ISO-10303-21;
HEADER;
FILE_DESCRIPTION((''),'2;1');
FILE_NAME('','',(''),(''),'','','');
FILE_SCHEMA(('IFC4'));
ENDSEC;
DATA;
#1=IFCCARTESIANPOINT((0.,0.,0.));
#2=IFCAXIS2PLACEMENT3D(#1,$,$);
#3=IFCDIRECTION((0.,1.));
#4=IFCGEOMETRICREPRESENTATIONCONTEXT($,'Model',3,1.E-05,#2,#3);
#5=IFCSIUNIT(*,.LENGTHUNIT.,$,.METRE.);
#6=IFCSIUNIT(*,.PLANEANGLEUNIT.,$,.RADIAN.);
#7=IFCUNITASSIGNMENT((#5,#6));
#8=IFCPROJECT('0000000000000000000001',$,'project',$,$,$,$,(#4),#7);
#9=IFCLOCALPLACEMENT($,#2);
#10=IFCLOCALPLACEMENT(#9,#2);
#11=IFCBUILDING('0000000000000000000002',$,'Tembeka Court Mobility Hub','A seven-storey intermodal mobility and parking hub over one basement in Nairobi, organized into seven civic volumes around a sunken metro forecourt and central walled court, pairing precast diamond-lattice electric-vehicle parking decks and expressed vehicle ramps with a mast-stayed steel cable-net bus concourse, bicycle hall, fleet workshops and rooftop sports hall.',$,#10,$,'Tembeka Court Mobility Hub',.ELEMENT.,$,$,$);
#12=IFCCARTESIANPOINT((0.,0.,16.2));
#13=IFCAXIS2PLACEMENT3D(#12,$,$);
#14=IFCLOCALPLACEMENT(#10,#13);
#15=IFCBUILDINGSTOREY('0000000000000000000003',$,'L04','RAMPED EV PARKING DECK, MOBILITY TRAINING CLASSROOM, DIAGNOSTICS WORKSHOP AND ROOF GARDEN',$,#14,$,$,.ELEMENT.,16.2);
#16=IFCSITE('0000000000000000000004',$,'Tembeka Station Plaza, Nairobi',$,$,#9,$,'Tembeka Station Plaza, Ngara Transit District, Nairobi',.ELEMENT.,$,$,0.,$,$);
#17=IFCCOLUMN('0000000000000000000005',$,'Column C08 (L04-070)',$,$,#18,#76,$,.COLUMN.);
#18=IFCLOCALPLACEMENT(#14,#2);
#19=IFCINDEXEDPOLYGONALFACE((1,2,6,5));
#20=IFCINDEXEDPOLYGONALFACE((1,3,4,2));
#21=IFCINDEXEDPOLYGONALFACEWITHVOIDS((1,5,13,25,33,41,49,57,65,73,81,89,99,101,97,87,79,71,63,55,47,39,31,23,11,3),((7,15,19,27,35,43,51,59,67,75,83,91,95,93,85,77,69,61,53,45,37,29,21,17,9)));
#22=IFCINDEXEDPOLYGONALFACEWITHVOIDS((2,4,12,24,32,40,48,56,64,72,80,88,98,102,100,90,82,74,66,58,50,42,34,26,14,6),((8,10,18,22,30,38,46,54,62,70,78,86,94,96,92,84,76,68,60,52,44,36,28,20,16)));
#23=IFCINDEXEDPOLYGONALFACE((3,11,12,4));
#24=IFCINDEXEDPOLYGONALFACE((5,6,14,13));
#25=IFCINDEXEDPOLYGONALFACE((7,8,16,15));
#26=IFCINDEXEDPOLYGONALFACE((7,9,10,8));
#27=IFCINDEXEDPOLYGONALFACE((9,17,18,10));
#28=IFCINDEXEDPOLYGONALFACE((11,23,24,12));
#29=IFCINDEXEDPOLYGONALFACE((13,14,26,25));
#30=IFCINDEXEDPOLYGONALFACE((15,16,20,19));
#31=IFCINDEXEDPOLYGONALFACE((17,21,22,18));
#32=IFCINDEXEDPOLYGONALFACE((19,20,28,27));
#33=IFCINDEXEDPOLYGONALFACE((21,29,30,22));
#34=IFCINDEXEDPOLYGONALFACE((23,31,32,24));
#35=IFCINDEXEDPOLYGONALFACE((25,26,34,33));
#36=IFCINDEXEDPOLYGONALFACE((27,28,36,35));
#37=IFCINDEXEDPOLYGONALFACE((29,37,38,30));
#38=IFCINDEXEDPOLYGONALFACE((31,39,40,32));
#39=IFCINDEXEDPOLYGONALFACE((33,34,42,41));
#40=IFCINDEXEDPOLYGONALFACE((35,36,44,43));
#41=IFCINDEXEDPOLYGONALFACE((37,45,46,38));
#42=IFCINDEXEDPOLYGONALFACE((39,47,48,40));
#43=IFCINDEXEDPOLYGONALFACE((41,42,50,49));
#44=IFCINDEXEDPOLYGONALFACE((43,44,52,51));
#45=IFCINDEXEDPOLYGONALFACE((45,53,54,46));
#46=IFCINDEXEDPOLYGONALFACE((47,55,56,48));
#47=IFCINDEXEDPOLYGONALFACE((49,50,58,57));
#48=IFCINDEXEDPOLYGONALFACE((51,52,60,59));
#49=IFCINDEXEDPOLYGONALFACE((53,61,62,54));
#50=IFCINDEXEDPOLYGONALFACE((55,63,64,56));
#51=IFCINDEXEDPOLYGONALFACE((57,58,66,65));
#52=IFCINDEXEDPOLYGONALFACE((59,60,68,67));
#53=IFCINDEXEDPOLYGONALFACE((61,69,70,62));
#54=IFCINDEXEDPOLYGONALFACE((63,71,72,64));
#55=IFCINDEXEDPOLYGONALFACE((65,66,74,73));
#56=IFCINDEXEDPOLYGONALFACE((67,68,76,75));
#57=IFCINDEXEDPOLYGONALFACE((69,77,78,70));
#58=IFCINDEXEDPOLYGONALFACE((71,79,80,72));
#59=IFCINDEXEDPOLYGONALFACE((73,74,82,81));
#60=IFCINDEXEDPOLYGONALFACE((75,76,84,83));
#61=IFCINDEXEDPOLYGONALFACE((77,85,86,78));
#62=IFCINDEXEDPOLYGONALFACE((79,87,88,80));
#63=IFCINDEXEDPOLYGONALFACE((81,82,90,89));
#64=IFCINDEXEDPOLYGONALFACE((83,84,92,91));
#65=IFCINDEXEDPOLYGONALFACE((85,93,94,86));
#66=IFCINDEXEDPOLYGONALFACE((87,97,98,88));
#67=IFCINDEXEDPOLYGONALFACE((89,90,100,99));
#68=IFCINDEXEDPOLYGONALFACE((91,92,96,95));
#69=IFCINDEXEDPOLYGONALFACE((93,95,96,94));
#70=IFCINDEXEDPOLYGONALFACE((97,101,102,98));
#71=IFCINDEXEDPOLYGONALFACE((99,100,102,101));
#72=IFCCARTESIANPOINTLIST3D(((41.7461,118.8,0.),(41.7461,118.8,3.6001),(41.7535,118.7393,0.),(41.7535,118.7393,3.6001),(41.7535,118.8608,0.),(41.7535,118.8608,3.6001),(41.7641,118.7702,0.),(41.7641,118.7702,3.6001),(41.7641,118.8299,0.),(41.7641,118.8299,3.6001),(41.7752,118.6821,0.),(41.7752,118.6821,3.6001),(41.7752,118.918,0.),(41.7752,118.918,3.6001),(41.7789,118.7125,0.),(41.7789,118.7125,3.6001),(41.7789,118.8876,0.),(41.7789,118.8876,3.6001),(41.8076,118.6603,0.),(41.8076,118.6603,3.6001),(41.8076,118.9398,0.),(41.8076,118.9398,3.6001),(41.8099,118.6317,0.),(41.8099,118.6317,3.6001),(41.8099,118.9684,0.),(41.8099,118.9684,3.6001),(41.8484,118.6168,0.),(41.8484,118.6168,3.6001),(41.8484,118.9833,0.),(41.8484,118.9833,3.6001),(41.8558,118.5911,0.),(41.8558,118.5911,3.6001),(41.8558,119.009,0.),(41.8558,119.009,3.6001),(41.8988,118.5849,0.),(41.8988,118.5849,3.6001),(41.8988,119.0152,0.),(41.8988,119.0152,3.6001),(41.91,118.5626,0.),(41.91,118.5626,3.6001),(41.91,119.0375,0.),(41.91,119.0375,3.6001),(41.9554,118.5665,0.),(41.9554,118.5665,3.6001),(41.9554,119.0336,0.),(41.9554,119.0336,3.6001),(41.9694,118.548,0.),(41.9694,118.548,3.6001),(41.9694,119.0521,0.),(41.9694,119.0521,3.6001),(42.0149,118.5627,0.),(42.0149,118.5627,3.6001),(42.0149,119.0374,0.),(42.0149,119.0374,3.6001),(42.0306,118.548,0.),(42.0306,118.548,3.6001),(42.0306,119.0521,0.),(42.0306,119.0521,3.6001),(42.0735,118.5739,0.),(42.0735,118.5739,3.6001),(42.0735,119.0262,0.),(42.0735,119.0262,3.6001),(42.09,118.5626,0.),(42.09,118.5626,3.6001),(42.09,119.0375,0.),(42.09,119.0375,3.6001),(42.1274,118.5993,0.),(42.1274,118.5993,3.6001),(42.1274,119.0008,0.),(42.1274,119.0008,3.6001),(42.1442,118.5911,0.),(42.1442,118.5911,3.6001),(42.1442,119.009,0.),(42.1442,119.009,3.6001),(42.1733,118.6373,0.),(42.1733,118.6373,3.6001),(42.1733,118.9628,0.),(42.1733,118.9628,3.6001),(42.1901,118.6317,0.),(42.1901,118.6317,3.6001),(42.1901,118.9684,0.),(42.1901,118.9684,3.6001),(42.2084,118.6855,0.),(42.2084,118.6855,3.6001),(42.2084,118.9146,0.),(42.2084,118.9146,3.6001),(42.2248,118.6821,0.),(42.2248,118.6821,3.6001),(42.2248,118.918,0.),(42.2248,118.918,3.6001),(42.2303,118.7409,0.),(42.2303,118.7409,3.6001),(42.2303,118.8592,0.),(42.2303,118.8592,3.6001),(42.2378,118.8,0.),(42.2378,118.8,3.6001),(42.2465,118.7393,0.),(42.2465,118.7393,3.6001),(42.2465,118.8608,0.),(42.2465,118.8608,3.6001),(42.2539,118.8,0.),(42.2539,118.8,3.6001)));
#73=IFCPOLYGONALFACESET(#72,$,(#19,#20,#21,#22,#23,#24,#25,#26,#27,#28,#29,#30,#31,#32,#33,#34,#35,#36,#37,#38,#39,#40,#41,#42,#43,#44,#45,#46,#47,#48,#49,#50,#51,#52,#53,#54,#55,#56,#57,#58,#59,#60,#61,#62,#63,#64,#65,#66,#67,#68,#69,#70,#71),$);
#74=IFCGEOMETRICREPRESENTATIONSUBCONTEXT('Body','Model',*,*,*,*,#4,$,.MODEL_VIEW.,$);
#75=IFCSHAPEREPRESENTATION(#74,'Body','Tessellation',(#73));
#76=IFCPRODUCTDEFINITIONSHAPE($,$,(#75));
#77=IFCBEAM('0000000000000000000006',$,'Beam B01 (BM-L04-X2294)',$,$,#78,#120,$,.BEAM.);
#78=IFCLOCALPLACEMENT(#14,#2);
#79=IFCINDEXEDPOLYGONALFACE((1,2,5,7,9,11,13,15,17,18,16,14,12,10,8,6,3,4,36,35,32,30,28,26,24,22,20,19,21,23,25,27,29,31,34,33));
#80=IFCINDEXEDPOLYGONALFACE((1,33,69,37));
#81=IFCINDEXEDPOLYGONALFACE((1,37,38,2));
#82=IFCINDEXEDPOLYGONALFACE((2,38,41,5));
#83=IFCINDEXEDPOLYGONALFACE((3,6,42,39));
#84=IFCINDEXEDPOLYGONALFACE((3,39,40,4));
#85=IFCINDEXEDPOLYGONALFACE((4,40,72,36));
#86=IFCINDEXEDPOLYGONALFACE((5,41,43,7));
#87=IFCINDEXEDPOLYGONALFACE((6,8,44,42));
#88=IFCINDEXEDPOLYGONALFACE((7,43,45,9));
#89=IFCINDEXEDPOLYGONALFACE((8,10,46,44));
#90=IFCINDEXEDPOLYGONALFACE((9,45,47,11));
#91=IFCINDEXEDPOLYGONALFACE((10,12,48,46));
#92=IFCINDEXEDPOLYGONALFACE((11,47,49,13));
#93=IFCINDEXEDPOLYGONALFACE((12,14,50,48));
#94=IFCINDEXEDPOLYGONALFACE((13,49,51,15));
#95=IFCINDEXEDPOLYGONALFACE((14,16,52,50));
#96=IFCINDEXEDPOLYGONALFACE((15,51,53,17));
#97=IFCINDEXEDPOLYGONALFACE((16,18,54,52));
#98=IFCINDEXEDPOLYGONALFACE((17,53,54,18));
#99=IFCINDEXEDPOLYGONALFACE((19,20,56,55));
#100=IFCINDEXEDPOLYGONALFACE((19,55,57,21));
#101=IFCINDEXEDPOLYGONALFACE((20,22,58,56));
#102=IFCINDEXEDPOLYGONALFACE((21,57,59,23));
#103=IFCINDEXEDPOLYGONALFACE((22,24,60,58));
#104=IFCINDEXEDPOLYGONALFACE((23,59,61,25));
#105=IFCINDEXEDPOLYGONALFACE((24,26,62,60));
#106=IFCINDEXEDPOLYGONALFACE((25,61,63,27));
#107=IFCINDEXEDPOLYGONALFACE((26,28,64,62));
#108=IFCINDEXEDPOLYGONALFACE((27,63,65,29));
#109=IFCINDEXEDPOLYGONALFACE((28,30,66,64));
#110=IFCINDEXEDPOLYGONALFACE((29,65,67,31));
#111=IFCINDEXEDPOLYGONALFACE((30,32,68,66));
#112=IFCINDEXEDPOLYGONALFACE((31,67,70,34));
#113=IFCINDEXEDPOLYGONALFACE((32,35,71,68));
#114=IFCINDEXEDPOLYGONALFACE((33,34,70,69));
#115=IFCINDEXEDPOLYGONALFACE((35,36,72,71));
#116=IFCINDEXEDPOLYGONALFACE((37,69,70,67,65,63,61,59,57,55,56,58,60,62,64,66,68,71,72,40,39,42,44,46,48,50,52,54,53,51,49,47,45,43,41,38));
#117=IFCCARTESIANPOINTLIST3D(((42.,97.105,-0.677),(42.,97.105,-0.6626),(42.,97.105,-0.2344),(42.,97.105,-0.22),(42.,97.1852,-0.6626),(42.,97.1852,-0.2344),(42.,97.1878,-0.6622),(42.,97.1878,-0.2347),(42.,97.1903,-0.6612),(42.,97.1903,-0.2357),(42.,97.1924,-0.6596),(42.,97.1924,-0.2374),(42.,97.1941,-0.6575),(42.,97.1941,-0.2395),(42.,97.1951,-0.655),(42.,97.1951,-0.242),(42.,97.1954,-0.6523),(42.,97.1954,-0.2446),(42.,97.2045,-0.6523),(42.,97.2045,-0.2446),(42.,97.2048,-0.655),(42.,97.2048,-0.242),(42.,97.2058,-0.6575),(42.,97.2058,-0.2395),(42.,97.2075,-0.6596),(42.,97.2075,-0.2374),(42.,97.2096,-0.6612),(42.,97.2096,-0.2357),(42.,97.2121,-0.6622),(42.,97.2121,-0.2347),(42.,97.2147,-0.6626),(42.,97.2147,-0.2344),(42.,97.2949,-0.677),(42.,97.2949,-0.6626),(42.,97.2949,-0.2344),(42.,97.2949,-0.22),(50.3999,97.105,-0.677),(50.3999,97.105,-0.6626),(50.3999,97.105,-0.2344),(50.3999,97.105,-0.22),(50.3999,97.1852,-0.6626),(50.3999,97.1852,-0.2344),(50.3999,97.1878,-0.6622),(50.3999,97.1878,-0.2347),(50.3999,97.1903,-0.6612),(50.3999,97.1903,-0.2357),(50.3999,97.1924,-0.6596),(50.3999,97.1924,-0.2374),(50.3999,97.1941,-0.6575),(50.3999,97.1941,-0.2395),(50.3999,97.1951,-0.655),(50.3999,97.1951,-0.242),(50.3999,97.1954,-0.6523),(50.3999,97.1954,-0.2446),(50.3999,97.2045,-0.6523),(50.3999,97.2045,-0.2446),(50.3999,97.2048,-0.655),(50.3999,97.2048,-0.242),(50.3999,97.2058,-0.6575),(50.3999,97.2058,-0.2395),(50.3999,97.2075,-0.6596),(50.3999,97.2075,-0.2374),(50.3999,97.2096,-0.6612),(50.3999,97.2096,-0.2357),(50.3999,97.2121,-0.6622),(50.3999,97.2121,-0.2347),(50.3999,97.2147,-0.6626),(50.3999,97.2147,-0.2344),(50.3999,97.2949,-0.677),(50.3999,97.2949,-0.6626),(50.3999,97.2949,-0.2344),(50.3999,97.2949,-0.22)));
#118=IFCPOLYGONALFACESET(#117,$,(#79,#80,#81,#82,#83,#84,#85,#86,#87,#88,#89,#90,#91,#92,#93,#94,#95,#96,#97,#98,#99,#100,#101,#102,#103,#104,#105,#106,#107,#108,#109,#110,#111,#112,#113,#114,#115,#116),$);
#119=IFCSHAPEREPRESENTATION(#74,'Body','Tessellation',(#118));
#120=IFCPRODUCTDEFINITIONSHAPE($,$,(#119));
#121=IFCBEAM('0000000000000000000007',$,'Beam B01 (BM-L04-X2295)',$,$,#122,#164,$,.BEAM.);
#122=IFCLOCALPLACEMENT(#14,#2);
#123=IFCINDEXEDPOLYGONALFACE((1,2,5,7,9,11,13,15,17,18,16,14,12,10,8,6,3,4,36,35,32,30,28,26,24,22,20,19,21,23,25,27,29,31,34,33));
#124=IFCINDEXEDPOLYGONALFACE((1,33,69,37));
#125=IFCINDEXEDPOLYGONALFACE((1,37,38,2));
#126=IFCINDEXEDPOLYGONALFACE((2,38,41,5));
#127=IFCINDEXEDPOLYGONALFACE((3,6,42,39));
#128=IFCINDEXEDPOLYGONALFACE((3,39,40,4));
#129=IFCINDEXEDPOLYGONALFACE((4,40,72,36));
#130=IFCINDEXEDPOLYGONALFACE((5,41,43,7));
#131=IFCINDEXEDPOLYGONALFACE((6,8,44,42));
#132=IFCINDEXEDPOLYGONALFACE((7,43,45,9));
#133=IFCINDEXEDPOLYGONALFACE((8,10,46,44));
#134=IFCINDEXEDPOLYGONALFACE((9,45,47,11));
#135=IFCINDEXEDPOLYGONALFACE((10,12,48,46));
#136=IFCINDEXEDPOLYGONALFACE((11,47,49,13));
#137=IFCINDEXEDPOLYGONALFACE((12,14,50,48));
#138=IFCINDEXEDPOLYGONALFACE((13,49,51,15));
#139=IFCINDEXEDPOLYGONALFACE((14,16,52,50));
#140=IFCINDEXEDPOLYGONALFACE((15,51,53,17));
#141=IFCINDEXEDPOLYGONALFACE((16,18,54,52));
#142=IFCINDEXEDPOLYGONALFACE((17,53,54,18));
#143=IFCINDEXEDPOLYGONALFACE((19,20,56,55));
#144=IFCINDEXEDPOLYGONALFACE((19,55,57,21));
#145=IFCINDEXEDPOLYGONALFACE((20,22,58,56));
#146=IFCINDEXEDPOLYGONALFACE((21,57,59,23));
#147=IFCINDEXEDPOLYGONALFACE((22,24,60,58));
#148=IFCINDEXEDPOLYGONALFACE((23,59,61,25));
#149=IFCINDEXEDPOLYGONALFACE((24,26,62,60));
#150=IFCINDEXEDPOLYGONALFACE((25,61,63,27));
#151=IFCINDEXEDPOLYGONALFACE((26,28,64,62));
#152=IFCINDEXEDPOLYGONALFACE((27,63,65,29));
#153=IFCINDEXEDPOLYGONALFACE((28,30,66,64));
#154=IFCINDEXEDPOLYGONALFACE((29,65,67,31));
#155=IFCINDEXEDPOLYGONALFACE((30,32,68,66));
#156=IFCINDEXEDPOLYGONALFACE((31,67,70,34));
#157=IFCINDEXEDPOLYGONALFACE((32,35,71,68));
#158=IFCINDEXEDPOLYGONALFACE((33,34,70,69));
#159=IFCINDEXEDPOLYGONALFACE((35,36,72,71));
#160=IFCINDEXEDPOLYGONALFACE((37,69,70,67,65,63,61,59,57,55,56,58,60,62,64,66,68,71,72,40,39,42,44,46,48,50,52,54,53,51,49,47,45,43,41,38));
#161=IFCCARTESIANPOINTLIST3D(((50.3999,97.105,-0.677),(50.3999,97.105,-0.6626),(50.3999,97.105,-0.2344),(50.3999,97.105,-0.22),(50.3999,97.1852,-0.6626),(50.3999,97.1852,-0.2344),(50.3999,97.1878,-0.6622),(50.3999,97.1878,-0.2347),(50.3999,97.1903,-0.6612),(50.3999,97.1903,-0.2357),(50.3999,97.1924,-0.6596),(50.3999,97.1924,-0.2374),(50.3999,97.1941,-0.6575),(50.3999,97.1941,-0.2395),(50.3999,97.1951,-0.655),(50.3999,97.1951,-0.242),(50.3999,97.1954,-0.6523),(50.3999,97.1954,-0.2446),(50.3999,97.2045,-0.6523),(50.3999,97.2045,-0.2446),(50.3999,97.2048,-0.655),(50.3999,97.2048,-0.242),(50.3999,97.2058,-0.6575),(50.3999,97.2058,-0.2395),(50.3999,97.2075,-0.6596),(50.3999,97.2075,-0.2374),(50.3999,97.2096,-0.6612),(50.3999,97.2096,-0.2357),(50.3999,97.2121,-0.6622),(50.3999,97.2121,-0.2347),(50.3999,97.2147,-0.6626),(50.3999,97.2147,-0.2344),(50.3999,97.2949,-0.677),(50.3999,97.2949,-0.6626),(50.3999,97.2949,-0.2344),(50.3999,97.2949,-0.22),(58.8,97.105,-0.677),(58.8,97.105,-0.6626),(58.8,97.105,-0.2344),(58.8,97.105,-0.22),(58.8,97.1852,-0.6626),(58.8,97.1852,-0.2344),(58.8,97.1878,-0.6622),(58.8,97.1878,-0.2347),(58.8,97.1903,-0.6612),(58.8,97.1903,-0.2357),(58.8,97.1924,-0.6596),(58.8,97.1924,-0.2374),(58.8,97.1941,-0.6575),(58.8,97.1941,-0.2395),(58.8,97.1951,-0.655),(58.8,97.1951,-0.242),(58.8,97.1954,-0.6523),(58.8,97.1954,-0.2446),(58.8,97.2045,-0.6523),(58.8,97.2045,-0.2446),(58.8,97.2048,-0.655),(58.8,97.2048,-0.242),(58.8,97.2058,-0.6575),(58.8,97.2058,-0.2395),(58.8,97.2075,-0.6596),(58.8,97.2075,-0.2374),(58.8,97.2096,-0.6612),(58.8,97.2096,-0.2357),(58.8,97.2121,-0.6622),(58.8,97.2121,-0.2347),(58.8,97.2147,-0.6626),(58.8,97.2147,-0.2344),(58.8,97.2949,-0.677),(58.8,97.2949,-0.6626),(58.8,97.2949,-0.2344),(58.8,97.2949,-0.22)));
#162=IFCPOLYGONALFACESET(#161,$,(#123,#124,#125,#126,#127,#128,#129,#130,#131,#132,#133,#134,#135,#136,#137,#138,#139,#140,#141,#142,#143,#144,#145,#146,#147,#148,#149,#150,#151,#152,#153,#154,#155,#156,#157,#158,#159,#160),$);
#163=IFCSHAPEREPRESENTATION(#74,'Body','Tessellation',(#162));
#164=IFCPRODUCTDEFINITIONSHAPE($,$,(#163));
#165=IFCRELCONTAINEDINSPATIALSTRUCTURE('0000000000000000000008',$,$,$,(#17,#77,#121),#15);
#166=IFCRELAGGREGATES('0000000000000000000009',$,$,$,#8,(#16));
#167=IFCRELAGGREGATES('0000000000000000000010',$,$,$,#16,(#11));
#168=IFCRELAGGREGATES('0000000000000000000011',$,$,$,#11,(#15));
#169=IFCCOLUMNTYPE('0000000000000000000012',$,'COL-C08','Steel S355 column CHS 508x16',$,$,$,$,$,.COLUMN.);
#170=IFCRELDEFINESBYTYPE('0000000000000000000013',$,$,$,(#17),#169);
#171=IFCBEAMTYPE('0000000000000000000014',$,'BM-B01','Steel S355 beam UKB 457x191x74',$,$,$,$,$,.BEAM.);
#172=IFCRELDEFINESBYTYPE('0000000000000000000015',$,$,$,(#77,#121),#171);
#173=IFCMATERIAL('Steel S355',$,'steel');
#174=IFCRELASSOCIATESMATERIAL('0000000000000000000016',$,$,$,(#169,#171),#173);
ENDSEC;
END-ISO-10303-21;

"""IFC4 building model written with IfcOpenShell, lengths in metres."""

from ifc_helpers import new_model, si_unit, direction, frame, origin, origin_2d, place, context, subcontext, project, spatial, hollow_circle, i_section, extrude, material, material_profile, profile_set, type_object, element, save


model = new_model("IFC4")

# Units and contexts
model_context = context("Model", 3, precision=1e-05, world=origin(), true_north=direction((0.0, 1.0)))
body_context = subcontext(model_context, "Body", "Model", "MODEL_VIEW")
ifc_project = project(units=[si_unit("LENGTHUNIT", "METRE"), si_unit("PLANEANGLEUNIT", "RADIAN")], contexts=[model_context])

# Site, building, storey
site_placement = place(None, origin())
site = spatial("IfcSite", under=ifc_project, at=site_placement, Name="Tembeka Station Plaza, Nairobi", LongName="Tembeka Station Plaza, Ngara Transit District, Nairobi", CompositionType="ELEMENT", RefElevation=0.0)
building_placement = place(site_placement, origin())
building = spatial("IfcBuilding", under=site, at=building_placement, Name="Tembeka Court Mobility Hub", Description="A seven-storey intermodal mobility and parking hub over one basement in Nairobi, organized into seven civic volumes around a sunken metro forecourt and central walled court, pairing precast diamond-lattice electric-vehicle parking decks and expressed vehicle ramps with a mast-stayed steel cable-net bus concourse, bicycle hall, fleet workshops and rooftop sports hall.", LongName="Tembeka Court Mobility Hub", CompositionType="ELEMENT")
storey_placement = place(building_placement, frame((0.0, 0.0, 16.2)))
storey = spatial("IfcBuildingStorey", under=building, at=storey_placement, Name="L04", Description="RAMPED EV PARKING DECK, MOBILITY TRAINING CLASSROOM, DIAGNOSTICS WORKSHOP AND ROOF GARDEN", CompositionType="ELEMENT", Elevation=16.2)

# Column
ifc_material_1 = material(Name="Steel S355", Category="steel")
ifc_material_profile_1 = material_profile(ifc_material_1, hollow_circle(Radius=0.2539, WallThickness=0.0161, at=origin_2d()), Name="CHS 508x16")
ifc_profile_set_1 = profile_set([ifc_material_profile_1], Name="Steel S355")
column_type_1 = type_object("IfcColumnType", Name="COL-C08", Description="Steel S355 column CHS 508x16", PredefinedType="COLUMN", material=ifc_profile_set_1)
for number, where, z_axis, x_axis, name in (
    (1, (42.0, 118.8, 0.0), (0.0, 0.0, 1.0), (1.0, 0.0, 0.0), "Column C08 (L04-070)"),
):
    element("IfcColumn", number, at=place(storey_placement, frame(where, z_axis=z_axis, x_axis=x_axis)), inside=storey, type_object=column_type_1, Name=name, PredefinedType="COLUMN", context=body_context, shape_type="SweptSolid", body=[
        extrude(hollow_circle(Radius=0.2539, WallThickness=0.0161, at=origin_2d()), origin(), (0.0, 0.0, 1.0), 3.6001),
    ])

# Beams
ifc_material_profile_2 = material_profile(ifc_material_1, i_section(OverallWidth=0.1899, OverallDepth=0.457, WebThickness=0.009, FlangeThickness=0.0144, FilletRadius=0.0103, at=origin_2d()), Name="UKB 457x191x74")
ifc_profile_set_2 = profile_set([ifc_material_profile_2], Name="Steel S355")
beam_type_1 = type_object("IfcBeamType", Name="BM-B01", Description="Steel S355 beam UKB 457x191x74", PredefinedType="BEAM", material=ifc_profile_set_2)
beam_1_placement = place(storey_placement, frame((42.0, 97.2, -0.4485), z_axis=(1.0, 0.0, 0.0), x_axis=(0.0, 1.0, 0.0)))
element("IfcBeam", 2, at=beam_1_placement, inside=storey, type_object=beam_type_1, Name="Beam B01 (BM-L04-X2294)", PredefinedType="BEAM", context=body_context, shape_type="SweptSolid", body=[
    extrude(i_section(OverallWidth=0.1899, OverallDepth=0.457, WebThickness=0.009, FlangeThickness=0.0144, FilletRadius=0.0103, at=origin_2d()), origin(), (0.0, 0.0, 1.0), 8.3999),
])
beam_2_placement = place(storey_placement, frame((50.3999, 97.2, -0.4485), z_axis=(1.0, 0.0, 0.0), x_axis=(0.0, 1.0, 0.0)))
element("IfcBeam", 3, at=beam_2_placement, inside=storey, type_object=beam_type_1, Name="Beam B01 (BM-L04-X2295)", PredefinedType="BEAM", context=body_context, shape_type="SweptSolid", body=[
    extrude(i_section(OverallWidth=0.1899, OverallDepth=0.457, WebThickness=0.009, FlangeThickness=0.0144, FilletRadius=0.0103, at=origin_2d()), origin(), (0.0, 0.0, 1.0), 8.4001),
])

save(model, "model.ifc")
